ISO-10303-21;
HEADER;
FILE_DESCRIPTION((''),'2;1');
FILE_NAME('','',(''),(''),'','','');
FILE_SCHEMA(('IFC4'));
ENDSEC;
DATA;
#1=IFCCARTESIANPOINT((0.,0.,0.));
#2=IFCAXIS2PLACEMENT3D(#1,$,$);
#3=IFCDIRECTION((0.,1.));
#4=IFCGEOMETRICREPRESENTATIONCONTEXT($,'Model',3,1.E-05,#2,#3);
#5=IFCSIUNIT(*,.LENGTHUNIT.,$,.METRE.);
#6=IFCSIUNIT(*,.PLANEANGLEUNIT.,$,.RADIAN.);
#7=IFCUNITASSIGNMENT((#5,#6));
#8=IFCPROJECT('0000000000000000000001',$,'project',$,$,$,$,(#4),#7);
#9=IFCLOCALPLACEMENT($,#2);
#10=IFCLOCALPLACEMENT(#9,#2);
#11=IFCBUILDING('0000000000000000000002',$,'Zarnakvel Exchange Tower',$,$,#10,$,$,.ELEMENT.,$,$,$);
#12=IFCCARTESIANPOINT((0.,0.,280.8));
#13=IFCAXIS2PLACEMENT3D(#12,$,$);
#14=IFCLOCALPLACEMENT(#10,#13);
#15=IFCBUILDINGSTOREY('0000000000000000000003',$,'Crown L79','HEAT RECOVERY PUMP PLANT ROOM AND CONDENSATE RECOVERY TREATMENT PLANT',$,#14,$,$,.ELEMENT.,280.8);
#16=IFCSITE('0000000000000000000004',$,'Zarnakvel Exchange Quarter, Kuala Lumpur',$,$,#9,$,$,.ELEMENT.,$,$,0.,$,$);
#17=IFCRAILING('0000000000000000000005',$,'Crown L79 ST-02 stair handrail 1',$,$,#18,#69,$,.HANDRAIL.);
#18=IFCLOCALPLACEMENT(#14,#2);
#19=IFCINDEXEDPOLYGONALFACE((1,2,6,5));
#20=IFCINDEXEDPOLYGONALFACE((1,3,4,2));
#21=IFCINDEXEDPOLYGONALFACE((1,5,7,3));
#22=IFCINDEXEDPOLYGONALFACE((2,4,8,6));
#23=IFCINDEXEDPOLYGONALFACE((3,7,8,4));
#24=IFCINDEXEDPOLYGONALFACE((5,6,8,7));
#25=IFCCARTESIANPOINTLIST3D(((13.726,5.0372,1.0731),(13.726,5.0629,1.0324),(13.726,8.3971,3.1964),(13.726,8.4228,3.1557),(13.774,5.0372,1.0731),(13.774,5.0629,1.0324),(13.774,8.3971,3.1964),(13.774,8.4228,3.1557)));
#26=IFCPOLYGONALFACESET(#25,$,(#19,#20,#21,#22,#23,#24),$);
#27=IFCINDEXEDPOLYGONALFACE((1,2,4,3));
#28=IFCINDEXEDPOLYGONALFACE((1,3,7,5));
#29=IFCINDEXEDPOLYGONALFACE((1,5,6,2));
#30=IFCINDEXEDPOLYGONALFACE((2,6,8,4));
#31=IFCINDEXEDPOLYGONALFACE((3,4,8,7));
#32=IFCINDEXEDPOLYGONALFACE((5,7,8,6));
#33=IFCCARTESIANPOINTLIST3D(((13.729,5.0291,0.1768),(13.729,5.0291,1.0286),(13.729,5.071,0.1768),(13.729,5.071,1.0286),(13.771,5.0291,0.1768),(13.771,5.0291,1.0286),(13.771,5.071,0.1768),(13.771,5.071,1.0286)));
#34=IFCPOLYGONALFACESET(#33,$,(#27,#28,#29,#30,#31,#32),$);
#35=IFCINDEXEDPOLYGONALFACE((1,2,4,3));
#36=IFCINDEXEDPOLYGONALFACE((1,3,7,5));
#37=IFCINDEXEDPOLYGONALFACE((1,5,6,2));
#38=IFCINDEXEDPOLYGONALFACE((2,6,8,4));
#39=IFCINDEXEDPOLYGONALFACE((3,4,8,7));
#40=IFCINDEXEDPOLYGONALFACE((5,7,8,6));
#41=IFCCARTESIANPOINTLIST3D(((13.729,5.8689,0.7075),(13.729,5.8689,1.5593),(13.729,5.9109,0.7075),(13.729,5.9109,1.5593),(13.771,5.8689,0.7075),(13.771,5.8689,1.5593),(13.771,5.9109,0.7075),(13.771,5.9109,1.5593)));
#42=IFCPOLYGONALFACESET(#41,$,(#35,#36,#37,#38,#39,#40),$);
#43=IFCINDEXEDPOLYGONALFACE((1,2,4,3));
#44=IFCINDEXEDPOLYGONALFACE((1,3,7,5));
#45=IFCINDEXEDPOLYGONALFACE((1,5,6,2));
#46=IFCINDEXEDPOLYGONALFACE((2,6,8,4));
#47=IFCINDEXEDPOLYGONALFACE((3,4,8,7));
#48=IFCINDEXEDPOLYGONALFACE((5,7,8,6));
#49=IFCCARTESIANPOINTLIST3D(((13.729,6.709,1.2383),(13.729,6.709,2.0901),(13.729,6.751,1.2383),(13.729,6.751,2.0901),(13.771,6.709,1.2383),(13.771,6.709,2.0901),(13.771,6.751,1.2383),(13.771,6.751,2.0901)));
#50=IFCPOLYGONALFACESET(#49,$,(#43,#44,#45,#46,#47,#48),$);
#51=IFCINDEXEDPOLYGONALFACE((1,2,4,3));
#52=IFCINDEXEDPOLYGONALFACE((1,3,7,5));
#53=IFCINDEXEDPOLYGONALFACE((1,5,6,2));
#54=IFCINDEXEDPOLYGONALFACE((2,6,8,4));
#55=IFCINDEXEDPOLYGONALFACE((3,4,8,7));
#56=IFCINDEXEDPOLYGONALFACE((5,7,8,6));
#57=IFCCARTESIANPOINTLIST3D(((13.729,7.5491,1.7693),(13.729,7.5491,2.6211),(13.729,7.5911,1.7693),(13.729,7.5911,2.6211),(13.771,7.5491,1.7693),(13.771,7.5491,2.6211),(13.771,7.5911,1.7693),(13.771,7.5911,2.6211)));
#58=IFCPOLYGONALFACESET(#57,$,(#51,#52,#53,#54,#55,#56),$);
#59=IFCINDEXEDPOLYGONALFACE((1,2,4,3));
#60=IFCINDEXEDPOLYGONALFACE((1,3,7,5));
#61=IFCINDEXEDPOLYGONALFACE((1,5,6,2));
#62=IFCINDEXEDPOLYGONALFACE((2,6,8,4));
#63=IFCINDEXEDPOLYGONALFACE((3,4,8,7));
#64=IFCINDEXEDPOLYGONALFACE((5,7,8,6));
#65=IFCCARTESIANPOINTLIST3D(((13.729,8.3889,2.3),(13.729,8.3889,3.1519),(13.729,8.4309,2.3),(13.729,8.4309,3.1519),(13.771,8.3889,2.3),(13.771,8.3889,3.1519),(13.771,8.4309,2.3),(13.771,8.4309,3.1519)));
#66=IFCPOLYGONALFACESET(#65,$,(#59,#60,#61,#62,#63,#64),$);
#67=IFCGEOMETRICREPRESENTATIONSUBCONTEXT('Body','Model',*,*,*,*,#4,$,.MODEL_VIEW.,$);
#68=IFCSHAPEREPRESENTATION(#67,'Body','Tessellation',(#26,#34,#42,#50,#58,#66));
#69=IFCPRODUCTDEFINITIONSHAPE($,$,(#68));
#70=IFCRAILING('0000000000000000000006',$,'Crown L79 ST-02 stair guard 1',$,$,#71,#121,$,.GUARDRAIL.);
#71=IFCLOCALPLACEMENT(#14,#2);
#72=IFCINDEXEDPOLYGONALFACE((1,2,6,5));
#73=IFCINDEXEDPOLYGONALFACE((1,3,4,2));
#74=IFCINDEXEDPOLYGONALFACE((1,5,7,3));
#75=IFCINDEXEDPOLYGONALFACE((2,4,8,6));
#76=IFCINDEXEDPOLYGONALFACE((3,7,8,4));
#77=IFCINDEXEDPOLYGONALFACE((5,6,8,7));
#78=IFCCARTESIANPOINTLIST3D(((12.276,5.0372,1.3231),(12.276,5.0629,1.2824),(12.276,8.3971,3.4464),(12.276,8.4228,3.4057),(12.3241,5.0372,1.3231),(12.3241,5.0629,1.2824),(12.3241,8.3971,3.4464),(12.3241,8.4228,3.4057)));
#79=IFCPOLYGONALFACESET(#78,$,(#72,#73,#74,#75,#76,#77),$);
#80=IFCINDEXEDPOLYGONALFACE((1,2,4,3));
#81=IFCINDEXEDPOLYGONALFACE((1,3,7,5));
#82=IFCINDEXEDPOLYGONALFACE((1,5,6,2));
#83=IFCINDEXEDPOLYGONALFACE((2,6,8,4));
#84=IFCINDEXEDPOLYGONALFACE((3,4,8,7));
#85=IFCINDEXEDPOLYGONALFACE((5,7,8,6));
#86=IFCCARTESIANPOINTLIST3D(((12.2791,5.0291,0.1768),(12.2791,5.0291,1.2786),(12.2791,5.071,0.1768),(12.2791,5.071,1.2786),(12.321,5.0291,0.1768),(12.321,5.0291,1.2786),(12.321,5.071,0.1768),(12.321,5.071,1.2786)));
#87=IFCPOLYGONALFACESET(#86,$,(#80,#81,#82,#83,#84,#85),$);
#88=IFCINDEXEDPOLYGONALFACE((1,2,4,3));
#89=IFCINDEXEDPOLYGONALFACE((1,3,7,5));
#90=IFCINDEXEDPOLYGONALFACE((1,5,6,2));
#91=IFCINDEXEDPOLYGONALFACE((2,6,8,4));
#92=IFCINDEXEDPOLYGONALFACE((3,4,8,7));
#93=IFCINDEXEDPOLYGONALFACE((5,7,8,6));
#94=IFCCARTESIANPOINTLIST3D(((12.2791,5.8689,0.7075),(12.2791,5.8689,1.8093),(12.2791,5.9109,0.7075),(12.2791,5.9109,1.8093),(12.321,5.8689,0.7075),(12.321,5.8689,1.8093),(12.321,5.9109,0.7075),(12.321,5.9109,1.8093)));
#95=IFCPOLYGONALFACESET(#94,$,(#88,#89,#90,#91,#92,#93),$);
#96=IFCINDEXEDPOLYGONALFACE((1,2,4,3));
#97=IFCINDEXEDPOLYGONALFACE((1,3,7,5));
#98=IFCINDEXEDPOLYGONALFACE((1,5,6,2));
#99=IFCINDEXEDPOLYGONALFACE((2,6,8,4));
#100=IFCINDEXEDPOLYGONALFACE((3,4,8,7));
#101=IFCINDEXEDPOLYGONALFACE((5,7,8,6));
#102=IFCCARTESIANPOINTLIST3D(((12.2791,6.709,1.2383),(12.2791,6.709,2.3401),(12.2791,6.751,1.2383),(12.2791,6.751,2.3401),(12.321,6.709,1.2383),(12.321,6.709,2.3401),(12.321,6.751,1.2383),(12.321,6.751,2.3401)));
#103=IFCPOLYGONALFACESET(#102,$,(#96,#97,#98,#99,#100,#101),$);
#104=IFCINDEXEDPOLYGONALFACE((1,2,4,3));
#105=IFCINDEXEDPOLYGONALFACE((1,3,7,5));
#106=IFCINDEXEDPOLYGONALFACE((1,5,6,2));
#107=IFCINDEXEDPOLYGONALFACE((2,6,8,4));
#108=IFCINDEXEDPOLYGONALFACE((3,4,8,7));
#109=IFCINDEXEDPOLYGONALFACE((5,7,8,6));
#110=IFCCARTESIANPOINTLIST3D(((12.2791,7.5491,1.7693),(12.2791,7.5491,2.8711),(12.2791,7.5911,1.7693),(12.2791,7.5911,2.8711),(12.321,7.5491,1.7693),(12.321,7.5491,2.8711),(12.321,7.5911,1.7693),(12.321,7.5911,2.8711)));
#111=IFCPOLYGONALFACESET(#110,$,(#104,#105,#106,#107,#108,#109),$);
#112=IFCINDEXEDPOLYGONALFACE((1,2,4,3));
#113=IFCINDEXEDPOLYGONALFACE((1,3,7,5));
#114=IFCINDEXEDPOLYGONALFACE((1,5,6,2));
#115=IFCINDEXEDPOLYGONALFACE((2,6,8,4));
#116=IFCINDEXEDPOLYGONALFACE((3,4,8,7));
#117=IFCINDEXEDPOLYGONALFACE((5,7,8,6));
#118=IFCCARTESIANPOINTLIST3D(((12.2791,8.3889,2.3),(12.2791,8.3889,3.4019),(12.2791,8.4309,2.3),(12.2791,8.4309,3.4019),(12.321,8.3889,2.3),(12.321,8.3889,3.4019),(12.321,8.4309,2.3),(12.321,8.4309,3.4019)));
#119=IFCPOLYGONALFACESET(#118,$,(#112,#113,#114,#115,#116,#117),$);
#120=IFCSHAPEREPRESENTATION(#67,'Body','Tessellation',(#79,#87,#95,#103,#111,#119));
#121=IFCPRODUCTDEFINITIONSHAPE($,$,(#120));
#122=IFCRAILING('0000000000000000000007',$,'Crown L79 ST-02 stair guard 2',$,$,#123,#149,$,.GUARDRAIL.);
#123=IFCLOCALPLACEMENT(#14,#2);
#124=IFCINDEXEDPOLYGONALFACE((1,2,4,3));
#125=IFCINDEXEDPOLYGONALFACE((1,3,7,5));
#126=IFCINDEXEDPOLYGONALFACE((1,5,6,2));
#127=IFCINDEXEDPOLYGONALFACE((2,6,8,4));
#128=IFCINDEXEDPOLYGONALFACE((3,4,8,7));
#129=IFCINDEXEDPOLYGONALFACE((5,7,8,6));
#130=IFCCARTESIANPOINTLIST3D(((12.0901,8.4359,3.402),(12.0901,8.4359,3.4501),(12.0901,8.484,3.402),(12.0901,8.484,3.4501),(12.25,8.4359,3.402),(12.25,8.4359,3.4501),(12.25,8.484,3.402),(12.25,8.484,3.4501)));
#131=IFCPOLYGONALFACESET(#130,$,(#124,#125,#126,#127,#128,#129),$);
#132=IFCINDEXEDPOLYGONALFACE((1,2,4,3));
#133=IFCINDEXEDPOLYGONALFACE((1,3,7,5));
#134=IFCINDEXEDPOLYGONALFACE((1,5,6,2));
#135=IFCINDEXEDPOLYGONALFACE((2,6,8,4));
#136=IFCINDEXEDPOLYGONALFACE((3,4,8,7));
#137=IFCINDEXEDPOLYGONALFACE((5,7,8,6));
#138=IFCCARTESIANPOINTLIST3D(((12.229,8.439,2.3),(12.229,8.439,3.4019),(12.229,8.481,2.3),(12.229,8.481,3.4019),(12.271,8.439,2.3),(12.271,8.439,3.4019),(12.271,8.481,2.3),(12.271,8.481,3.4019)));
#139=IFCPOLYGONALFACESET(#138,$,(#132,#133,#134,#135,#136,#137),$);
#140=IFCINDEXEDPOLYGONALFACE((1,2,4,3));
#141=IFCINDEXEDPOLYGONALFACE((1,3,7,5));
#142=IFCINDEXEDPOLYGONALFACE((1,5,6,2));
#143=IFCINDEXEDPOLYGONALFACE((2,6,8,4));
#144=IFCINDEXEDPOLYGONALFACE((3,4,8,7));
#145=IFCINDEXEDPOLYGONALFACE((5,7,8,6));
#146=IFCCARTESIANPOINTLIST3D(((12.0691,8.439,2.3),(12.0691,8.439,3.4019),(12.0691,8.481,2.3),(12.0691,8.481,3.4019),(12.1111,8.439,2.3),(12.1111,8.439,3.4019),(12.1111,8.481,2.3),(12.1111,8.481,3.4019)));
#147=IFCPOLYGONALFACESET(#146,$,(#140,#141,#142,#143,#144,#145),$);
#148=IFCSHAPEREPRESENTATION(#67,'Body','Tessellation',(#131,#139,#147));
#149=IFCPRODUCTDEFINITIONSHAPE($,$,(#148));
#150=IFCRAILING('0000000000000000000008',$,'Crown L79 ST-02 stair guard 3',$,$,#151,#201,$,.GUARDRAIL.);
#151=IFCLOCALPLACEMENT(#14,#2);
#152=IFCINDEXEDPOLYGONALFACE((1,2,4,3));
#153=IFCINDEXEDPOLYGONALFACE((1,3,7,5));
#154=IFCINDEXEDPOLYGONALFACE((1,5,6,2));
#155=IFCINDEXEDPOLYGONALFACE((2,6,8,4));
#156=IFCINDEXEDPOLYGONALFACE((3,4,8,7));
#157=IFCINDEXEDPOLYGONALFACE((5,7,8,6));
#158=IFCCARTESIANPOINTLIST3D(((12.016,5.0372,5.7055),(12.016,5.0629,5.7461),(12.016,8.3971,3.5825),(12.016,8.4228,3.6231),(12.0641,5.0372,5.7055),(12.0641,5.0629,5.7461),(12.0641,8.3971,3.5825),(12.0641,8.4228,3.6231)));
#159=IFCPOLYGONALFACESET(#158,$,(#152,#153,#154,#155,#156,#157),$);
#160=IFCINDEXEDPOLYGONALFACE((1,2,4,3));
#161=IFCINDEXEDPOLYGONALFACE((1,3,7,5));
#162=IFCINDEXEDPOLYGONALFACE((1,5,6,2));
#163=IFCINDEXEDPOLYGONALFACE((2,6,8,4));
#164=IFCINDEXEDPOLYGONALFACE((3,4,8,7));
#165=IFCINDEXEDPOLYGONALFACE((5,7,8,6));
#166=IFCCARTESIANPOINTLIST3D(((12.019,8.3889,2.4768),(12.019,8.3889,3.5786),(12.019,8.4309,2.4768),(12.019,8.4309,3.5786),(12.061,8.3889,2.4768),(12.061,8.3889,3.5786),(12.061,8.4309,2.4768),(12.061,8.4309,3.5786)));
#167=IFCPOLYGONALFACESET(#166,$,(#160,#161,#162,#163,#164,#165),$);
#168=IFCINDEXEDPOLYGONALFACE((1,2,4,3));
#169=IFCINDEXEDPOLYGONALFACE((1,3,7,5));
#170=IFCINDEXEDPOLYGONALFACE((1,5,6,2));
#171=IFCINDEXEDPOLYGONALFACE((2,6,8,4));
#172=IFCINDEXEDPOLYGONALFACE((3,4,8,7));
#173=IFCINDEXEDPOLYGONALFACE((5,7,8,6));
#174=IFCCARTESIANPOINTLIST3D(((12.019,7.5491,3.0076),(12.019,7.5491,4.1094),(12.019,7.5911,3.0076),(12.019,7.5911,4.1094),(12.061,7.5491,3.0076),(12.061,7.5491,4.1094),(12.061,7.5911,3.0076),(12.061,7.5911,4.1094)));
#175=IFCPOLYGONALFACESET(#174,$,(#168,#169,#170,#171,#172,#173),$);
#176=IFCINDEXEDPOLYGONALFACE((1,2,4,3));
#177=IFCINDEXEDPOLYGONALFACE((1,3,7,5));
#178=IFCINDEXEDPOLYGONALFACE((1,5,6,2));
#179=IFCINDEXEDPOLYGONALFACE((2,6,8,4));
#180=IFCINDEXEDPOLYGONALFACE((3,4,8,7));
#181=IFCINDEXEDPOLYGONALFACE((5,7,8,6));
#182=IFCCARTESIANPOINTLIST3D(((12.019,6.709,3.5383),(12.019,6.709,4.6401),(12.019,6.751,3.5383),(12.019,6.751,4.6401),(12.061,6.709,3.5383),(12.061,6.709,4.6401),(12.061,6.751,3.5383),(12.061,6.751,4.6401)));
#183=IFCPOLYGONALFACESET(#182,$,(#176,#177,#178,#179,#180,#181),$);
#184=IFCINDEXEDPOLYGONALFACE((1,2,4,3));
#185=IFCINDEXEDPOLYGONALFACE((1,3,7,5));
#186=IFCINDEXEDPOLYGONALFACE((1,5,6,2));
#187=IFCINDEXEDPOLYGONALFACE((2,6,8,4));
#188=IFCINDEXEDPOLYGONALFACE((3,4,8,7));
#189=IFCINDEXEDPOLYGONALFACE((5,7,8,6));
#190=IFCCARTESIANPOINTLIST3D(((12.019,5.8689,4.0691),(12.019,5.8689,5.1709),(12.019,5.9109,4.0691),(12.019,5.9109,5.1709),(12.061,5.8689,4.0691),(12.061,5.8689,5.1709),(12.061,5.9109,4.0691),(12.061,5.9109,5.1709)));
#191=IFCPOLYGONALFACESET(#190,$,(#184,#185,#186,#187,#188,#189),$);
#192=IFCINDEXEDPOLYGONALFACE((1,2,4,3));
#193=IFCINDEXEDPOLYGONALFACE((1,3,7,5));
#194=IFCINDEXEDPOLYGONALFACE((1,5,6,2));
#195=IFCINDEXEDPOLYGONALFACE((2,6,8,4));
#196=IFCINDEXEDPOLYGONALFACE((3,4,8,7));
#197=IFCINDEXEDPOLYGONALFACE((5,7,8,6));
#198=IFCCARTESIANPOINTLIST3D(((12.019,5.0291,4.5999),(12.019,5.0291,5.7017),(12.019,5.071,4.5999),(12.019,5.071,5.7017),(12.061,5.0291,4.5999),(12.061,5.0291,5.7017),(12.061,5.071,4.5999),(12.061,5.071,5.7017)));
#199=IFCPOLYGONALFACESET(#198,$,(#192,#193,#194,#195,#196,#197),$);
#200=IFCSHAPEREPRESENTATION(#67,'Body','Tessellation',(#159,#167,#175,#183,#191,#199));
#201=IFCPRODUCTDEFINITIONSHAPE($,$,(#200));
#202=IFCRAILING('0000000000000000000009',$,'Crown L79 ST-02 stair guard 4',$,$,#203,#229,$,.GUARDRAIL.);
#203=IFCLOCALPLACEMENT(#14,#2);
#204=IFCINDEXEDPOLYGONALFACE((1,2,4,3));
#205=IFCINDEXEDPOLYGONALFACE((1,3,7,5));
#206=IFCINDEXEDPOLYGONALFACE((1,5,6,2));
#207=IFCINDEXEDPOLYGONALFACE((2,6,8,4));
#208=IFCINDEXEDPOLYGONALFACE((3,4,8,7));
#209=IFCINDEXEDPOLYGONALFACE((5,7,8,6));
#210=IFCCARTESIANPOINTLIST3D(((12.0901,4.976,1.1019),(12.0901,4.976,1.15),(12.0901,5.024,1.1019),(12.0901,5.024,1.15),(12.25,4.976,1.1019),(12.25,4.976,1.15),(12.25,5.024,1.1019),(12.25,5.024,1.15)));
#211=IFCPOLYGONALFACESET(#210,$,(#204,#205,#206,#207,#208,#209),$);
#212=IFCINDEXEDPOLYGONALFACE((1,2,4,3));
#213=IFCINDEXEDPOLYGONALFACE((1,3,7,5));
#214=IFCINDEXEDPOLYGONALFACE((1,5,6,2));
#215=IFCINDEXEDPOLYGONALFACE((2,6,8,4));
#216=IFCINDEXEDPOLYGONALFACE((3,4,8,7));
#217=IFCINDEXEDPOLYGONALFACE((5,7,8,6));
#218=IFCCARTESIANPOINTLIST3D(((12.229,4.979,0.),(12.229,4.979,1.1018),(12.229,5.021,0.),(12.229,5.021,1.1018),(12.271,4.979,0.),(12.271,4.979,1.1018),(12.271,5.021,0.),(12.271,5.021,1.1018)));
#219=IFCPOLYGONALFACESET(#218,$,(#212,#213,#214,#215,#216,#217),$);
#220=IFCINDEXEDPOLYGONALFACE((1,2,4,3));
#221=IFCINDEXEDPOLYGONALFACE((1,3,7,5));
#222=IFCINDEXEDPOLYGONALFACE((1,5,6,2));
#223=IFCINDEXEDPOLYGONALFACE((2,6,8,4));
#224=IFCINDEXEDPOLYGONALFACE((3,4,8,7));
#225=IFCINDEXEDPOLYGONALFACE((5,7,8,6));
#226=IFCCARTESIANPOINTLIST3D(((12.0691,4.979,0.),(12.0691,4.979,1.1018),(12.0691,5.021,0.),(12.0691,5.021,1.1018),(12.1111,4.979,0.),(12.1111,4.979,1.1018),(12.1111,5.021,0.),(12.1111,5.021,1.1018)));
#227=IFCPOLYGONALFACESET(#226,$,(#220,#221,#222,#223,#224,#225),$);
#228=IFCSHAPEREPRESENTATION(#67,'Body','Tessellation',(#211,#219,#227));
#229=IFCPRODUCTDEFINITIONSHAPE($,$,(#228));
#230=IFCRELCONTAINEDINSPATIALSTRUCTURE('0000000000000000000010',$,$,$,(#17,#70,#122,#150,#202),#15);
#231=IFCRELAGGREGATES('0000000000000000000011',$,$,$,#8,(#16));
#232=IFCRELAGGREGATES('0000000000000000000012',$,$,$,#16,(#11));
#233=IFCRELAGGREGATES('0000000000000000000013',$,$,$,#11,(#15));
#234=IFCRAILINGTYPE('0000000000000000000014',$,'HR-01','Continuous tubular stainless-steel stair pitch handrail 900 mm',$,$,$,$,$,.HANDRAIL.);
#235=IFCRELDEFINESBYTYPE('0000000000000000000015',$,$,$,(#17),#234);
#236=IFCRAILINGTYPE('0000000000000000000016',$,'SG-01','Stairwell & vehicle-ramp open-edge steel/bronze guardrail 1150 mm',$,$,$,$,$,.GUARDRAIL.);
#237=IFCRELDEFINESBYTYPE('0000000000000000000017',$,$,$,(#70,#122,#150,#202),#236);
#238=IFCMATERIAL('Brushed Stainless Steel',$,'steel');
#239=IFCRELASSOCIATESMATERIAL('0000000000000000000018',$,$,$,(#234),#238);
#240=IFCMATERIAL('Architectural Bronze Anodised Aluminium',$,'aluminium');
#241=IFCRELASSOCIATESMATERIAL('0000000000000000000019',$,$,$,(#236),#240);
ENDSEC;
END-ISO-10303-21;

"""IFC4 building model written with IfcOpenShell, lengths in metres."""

from ifc_helpers import new_model, si_unit, direction, frame, origin, origin_2d, place, context, subcontext, project, spatial, rectangle, extrude, material, type_object, element, save


model = new_model("IFC4")

# Units and contexts
model_context = context("Model", 3, precision=1e-05, world=origin(), true_north=direction((0.0, 1.0)))
body_context = subcontext(model_context, "Body", "Model", "MODEL_VIEW")
ifc_project = project(units=[si_unit("LENGTHUNIT", "METRE"), si_unit("PLANEANGLEUNIT", "RADIAN")], contexts=[model_context])

# Site, building, storey
site_placement = place(None, origin())
site = spatial("IfcSite", under=ifc_project, at=site_placement, Name="Zarnakvel Exchange Quarter, Kuala Lumpur", CompositionType="ELEMENT", RefElevation=0.0)
building_placement = place(site_placement, origin())
building = spatial("IfcBuilding", under=site, at=building_placement, Name="Zarnakvel Exchange Tower", CompositionType="ELEMENT")
storey_placement = place(building_placement, frame((0.0, 0.0, 280.8)))
storey = spatial("IfcBuildingStorey", under=building, at=storey_placement, Name="Crown L79", Description="HEAT RECOVERY PUMP PLANT ROOM AND CONDENSATE RECOVERY TREATMENT PLANT", CompositionType="ELEMENT", Elevation=280.8)

# Shared definitions
ifc_material_1 = material(Name="Architectural Bronze Anodised Aluminium", Category="aluminium")

# Railings
ifc_material_2 = material(Name="Brushed Stainless Steel", Category="steel")
railing_type_1 = type_object("IfcRailingType", Name="HR-01", Description="Continuous tubular stainless-steel stair pitch handrail 900 mm", PredefinedType="HANDRAIL", material=ifc_material_2)
railing_1_placement = place(storey_placement, frame((13.75, 5.05, 0.1768)))
element("IfcRailing", 1, at=railing_1_placement, inside=storey, type_object=railing_type_1, Name="Crown L79 ST-02 stair handrail 1", PredefinedType="HANDRAIL", context=body_context, shape_type="SweptSolid", body=[
    extrude(rectangle(XDim=0.0481, YDim=0.0481, at=origin_2d()), frame((0.0, 0.0, 0.876), z_axis=(0.0, 0.845344, 0.534222), x_axis=(-1.0, 0.0, 0.0)), (0.0, 0.0, 1.0), 3.9746),
    extrude(rectangle(XDim=0.042, YDim=0.042, at=origin_2d()), origin(), (0.0, 0.0, 1.0), 0.8518),
    extrude(rectangle(XDim=0.042, YDim=0.042, at=origin_2d()), frame((0.0, 0.8398, 0.5308)), (0.0, 0.0, 1.0), 0.8518),
    extrude(rectangle(XDim=0.042, YDim=0.042, at=origin_2d()), frame((0.0, 1.6799, 1.0615)), (0.0, 0.0, 1.0), 0.8518),
    extrude(rectangle(XDim=0.042, YDim=0.042, at=origin_2d()), frame((0.0, 2.52, 1.5925)), (0.0, 0.0, 1.0), 0.8518),
    extrude(rectangle(XDim=0.042, YDim=0.042, at=origin_2d()), frame((0.0, 3.3599, 2.1233)), (0.0, 0.0, 1.0), 0.8518),
])
railing_type_2 = type_object("IfcRailingType", Name="SG-01", Description="Stairwell & vehicle-ramp open-edge steel/bronze guardrail 1150 mm", PredefinedType="GUARDRAIL", material=ifc_material_1)
railing_2_placement = place(storey_placement, frame((12.3, 5.05, 0.1768)))
element("IfcRailing", 2, at=railing_2_placement, inside=storey, type_object=railing_type_2, Name="Crown L79 ST-02 stair guard 1", PredefinedType="GUARDRAIL", context=body_context, shape_type="SweptSolid", body=[
    extrude(rectangle(XDim=0.0481, YDim=0.0481, at=origin_2d()), frame((0.0, 0.0, 1.126), z_axis=(0.0, 0.845344, 0.534222), x_axis=(-1.0, 0.0, 0.0)), (0.0, 0.0, 1.0), 3.9746),
    extrude(rectangle(XDim=0.042, YDim=0.042, at=origin_2d()), origin(), (0.0, 0.0, 1.0), 1.1018),
    extrude(rectangle(XDim=0.042, YDim=0.042, at=origin_2d()), frame((0.0, 0.8398, 0.5308)), (0.0, 0.0, 1.0), 1.1018),
    extrude(rectangle(XDim=0.042, YDim=0.042, at=origin_2d()), frame((0.0, 1.6799, 1.0615)), (0.0, 0.0, 1.0), 1.1018),
    extrude(rectangle(XDim=0.042, YDim=0.042, at=origin_2d()), frame((0.0, 2.52, 1.5925)), (0.0, 0.0, 1.0), 1.1018),
    extrude(rectangle(XDim=0.042, YDim=0.042, at=origin_2d()), frame((0.0, 3.3599, 2.1233)), (0.0, 0.0, 1.0), 1.1018),
])
railing_3_placement = place(storey_placement, frame((12.25, 8.46, 2.3)))
element("IfcRailing", 3, at=railing_3_placement, inside=storey, type_object=railing_type_2, Name="Crown L79 ST-02 stair guard 2", PredefinedType="GUARDRAIL", context=body_context, shape_type="SweptSolid", body=[
    extrude(rectangle(XDim=0.0481, YDim=0.0481, at=origin_2d()), frame((0.0, 0.0, 1.126), z_axis=(-1.0, 0.0, 0.0), x_axis=(0.0, -1.0, 0.0)), (0.0, 0.0, 1.0), 0.1599),
    extrude(rectangle(XDim=0.042, YDim=0.042, at=origin_2d()), origin(), (0.0, 0.0, 1.0), 1.1018),
    extrude(rectangle(XDim=0.042, YDim=0.042, at=origin_2d()), frame((-0.1599, 0.0, 0.0)), (0.0, 0.0, 1.0), 1.1018),
])
railing_4_placement = place(storey_placement, frame((12.04, 8.4099, 2.4768)))
element("IfcRailing", 4, at=railing_4_placement, inside=storey, type_object=railing_type_2, Name="Crown L79 ST-02 stair guard 3", PredefinedType="GUARDRAIL", context=body_context, shape_type="SweptSolid", body=[
    extrude(rectangle(XDim=0.0481, YDim=0.0481, at=origin_2d()), frame((0.0, 0.0, 1.126), z_axis=(0.0, -0.845372, 0.534178), x_axis=(1.0, 0.0, 0.0)), (0.0, 0.0, 1.0), 3.9744),
    extrude(rectangle(XDim=0.042, YDim=0.042, at=origin_2d()), origin(), (0.0, 0.0, 1.0), 1.1018),
    extrude(rectangle(XDim=0.042, YDim=0.042, at=origin_2d()), frame((0.0, -0.8398, 0.5308)), (0.0, 0.0, 1.0), 1.1018),
    extrude(rectangle(XDim=0.042, YDim=0.042, at=origin_2d()), frame((0.0, -1.6799, 1.0615)), (0.0, 0.0, 1.0), 1.1018),
    extrude(rectangle(XDim=0.042, YDim=0.042, at=origin_2d()), frame((0.0, -2.52, 1.5923)), (0.0, 0.0, 1.0), 1.1018),
    extrude(rectangle(XDim=0.042, YDim=0.042, at=origin_2d()), frame((0.0, -3.3599, 2.123)), (0.0, 0.0, 1.0), 1.1018),
])
railing_5_placement = place(storey_placement, frame((12.25, 5.0, 0.0)))
element("IfcRailing", 5, at=railing_5_placement, inside=storey, type_object=railing_type_2, Name="Crown L79 ST-02 stair guard 4", PredefinedType="GUARDRAIL", context=body_context, shape_type="SweptSolid", body=[
    extrude(rectangle(XDim=0.0481, YDim=0.0481, at=origin_2d()), frame((0.0, 0.0, 1.126), z_axis=(-1.0, 0.0, 0.0), x_axis=(0.0, -1.0, 0.0)), (0.0, 0.0, 1.0), 0.1599),
    extrude(rectangle(XDim=0.042, YDim=0.042, at=origin_2d()), origin(), (0.0, 0.0, 1.0), 1.1018),
    extrude(rectangle(XDim=0.042, YDim=0.042, at=origin_2d()), frame((-0.1599, 0.0, 0.0)), (0.0, 0.0, 1.0), 1.1018),
])

save(model, "model.ifc")
